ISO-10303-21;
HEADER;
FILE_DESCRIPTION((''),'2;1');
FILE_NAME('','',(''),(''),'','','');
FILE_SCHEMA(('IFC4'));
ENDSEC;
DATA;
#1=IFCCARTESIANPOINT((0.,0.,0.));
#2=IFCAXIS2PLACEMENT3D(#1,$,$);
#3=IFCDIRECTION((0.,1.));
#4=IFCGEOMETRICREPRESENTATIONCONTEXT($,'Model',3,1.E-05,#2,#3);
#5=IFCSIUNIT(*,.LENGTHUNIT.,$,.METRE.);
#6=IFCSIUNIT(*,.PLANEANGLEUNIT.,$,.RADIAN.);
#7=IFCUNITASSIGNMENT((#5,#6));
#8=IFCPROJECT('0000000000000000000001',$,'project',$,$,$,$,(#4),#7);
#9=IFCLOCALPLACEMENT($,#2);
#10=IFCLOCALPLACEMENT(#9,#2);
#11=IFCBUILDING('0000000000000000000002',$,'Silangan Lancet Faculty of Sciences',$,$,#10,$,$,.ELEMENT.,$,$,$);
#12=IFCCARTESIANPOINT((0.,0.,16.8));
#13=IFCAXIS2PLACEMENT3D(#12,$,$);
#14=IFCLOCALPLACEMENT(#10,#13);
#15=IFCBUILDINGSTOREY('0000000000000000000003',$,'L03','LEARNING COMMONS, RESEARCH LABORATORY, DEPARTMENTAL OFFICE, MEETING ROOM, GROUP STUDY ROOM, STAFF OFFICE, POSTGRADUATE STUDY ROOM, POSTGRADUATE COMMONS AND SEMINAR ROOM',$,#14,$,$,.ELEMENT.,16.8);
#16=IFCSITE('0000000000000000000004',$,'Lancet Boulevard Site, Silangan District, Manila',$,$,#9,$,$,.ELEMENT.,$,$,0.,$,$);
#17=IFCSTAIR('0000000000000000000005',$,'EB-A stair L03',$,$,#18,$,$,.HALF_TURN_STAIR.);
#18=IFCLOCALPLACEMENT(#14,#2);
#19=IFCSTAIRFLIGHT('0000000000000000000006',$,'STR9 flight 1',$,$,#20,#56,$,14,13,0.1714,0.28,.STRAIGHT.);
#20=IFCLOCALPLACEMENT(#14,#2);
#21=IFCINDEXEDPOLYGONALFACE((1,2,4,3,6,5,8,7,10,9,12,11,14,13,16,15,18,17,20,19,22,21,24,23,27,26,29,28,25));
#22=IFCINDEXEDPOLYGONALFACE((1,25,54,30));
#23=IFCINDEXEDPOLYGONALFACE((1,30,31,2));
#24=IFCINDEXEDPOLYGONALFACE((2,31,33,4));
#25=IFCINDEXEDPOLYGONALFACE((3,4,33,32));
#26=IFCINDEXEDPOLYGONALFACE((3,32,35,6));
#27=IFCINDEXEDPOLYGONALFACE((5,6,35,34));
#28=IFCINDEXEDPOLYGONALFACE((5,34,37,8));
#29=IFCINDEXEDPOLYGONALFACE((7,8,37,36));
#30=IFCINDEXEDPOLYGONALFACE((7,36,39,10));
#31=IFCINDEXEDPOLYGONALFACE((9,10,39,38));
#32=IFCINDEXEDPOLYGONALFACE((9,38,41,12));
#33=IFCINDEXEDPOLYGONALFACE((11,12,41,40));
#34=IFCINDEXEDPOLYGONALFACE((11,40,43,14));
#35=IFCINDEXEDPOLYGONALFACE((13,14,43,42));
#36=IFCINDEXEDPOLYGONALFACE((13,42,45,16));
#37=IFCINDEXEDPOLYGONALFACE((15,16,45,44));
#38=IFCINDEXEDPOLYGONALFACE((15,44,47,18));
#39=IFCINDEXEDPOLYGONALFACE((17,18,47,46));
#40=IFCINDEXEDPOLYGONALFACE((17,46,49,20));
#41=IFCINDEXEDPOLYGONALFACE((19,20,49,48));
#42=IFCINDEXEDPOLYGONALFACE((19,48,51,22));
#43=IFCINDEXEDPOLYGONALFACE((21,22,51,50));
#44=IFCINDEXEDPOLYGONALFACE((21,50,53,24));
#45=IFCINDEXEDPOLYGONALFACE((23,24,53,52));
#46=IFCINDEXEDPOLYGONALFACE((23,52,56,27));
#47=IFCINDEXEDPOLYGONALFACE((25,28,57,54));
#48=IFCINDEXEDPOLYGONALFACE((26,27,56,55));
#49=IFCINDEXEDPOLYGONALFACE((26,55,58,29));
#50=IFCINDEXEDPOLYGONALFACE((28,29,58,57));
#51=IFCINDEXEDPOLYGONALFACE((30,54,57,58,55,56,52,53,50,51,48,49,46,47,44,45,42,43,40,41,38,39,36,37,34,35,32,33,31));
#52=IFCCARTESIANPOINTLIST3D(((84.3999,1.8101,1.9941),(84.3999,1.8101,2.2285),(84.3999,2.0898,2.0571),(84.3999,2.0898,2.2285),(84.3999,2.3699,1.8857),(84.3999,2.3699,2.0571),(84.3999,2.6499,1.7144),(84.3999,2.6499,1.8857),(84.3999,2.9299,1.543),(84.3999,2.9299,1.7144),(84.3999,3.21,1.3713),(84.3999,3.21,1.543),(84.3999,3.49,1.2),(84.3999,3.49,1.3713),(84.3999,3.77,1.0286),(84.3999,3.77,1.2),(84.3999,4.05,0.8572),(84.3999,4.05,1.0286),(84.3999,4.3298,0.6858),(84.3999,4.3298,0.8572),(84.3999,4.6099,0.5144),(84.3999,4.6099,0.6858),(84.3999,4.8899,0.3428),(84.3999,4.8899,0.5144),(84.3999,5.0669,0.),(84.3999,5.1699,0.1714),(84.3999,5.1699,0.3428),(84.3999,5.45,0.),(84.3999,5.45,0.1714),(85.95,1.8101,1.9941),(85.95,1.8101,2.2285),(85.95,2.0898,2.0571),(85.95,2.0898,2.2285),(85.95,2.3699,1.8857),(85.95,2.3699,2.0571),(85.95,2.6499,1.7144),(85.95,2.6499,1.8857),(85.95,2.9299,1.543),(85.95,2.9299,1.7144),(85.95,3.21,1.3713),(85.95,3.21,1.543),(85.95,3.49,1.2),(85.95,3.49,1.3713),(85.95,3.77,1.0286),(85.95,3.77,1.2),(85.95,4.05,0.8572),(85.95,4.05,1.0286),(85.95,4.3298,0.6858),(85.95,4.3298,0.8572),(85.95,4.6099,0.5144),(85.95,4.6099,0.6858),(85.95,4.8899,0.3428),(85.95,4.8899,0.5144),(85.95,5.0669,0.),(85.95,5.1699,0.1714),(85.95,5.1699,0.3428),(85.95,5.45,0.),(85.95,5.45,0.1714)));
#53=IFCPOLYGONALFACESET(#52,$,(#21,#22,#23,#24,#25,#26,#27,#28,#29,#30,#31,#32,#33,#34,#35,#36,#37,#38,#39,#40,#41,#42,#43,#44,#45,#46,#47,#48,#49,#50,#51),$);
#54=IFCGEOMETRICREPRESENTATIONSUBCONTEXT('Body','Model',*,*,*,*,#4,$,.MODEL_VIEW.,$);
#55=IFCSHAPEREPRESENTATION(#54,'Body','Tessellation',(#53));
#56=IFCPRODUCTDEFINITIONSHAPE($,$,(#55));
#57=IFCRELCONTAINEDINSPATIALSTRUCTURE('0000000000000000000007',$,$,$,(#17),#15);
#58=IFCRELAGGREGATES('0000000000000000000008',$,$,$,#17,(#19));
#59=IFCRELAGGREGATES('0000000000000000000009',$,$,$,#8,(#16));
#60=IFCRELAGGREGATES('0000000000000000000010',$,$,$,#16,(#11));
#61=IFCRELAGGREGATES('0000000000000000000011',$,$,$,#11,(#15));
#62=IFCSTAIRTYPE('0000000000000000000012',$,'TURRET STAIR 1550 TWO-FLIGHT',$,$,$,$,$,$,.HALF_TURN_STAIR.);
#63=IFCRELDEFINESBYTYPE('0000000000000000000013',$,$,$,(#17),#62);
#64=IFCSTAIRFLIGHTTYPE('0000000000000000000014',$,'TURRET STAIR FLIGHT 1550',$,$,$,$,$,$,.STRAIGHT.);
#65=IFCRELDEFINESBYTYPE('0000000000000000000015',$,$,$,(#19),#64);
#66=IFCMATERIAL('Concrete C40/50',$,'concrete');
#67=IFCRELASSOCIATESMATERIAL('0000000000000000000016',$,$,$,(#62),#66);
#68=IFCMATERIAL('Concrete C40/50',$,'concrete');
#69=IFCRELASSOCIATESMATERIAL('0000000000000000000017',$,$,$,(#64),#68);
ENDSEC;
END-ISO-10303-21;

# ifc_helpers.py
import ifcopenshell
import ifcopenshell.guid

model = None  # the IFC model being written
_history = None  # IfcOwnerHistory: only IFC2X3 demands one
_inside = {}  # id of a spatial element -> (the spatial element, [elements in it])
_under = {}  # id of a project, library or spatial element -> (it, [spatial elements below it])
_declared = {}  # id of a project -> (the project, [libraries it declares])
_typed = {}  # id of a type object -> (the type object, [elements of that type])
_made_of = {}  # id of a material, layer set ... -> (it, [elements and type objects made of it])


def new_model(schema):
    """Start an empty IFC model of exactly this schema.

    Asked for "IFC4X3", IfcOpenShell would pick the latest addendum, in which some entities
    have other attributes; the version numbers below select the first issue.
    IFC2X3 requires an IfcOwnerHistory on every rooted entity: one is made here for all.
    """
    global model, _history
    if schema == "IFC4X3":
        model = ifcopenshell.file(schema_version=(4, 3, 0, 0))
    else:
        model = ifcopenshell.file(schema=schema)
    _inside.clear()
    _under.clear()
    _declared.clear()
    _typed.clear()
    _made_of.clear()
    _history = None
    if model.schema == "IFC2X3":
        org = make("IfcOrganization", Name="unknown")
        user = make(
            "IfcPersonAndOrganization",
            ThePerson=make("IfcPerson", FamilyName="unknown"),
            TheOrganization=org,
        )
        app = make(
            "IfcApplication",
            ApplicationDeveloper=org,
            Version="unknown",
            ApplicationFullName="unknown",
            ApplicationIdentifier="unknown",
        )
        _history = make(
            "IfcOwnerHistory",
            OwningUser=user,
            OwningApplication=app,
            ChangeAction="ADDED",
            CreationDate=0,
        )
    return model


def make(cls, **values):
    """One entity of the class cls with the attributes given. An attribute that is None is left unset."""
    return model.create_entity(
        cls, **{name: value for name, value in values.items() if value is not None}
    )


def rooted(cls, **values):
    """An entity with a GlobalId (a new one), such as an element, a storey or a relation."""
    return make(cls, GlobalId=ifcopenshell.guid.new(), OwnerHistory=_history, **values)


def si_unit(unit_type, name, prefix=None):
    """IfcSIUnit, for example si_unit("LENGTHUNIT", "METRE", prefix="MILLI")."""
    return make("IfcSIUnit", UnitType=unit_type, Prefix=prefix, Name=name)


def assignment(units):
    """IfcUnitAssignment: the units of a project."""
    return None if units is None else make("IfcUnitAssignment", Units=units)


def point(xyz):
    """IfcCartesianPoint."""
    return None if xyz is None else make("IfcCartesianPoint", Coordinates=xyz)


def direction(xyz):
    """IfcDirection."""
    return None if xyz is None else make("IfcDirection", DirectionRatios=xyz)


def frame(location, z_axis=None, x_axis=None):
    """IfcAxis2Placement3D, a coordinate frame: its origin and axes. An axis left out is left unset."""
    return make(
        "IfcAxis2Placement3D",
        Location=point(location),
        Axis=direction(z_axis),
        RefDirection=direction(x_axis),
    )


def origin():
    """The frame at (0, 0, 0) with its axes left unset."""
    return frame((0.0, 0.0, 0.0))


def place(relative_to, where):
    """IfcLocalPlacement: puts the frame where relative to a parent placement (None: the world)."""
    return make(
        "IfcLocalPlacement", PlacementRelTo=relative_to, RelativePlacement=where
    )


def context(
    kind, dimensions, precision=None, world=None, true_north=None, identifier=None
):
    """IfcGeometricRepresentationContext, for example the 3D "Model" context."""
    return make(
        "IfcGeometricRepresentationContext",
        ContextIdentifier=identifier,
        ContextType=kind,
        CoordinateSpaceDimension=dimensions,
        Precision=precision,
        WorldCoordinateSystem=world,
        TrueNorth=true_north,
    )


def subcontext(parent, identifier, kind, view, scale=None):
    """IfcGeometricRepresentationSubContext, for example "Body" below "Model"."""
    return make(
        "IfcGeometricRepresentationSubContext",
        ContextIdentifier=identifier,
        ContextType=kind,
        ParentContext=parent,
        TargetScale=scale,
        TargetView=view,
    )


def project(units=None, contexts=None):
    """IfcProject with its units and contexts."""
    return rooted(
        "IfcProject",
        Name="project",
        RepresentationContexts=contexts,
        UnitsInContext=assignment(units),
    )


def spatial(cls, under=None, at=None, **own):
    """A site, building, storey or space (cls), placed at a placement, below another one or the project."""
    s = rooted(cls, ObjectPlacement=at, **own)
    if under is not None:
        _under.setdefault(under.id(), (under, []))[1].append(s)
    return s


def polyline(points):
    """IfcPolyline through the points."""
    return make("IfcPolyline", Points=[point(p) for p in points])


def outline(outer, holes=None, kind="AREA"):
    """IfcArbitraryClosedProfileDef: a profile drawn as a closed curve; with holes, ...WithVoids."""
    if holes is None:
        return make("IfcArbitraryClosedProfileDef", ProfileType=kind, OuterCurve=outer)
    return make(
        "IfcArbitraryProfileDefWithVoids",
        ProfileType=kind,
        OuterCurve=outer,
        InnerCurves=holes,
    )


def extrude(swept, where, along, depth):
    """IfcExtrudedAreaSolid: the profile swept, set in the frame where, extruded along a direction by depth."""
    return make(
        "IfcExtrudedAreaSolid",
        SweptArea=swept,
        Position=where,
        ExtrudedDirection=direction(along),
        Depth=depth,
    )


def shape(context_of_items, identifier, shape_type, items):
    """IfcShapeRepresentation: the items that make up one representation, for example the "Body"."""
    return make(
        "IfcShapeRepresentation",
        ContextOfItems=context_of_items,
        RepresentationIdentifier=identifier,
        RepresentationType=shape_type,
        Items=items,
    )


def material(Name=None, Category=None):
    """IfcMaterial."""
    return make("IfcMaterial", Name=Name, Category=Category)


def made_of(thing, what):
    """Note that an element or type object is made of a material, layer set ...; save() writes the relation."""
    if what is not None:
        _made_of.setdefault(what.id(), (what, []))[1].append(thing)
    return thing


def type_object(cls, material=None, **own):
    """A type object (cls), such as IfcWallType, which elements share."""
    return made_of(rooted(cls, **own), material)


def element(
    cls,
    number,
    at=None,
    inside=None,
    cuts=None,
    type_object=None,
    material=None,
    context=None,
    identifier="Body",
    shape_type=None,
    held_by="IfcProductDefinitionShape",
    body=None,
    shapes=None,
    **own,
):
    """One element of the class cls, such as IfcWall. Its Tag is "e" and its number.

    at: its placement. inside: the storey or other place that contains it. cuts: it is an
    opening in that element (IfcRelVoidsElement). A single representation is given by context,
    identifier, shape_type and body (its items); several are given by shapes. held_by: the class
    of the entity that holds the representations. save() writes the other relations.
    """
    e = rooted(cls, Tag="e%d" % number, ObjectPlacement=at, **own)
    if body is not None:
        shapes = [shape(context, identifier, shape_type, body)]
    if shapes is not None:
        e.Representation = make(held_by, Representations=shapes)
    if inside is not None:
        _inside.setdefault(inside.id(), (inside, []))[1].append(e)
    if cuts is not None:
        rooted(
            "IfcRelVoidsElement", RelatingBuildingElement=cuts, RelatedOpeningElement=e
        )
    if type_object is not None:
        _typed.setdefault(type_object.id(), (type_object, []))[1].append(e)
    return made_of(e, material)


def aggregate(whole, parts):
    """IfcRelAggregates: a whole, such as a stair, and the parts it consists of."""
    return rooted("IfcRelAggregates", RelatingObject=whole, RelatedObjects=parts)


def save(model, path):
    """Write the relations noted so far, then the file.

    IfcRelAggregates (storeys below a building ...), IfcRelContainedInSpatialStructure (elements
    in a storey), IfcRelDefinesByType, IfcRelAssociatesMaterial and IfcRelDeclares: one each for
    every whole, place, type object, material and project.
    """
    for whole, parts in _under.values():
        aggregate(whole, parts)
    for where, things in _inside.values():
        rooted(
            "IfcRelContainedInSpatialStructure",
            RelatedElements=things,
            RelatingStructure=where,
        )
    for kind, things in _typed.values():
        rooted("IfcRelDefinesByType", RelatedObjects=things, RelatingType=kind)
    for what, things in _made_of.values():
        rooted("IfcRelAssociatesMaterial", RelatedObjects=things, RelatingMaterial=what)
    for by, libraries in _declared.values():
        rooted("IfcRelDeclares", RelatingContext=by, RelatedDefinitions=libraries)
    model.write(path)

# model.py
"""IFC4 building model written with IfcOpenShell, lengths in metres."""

from ifc_helpers import new_model, si_unit, direction, frame, origin, place, context, subcontext, project, spatial, polyline, outline, extrude, material, type_object, element, aggregate, save


model = new_model("IFC4")

# Units and contexts
model_context = context("Model", 3, precision=1e-05, world=origin(), true_north=direction((0.0, 1.0)))
body_context = subcontext(model_context, "Body", "Model", "MODEL_VIEW")
ifc_project = project(units=[si_unit("LENGTHUNIT", "METRE"), si_unit("PLANEANGLEUNIT", "RADIAN")], contexts=[model_context])

# Site, building, storey
site_placement = place(None, origin())
site = spatial("IfcSite", under=ifc_project, at=site_placement, Name="Lancet Boulevard Site, Silangan District, Manila", CompositionType="ELEMENT", RefElevation=0.0)
building_placement = place(site_placement, origin())
building = spatial("IfcBuilding", under=site, at=building_placement, Name="Silangan Lancet Faculty of Sciences", CompositionType="ELEMENT")
storey_placement = place(building_placement, frame((0.0, 0.0, 16.8)))
storey = spatial("IfcBuildingStorey", under=building, at=storey_placement, Name="L03", Description="LEARNING COMMONS, RESEARCH LABORATORY, DEPARTMENTAL OFFICE, MEETING ROOM, GROUP STUDY ROOM, STAFF OFFICE, POSTGRADUATE STUDY ROOM, POSTGRADUATE COMMONS AND SEMINAR ROOM", CompositionType="ELEMENT", Elevation=16.8)

# Stair, stair flight
ifc_material_1 = material(Name="Concrete C40/50", Category="concrete")
stair_type = type_object("IfcStairType", Name="TURRET STAIR 1550 TWO-FLIGHT", PredefinedType="HALF_TURN_STAIR", material=ifc_material_1)
stair_placement = place(storey_placement, origin())
stair = element("IfcStair", 1, at=stair_placement, inside=storey, type_object=stair_type, Name="EB-A stair L03", PredefinedType="HALF_TURN_STAIR")
ifc_material_2 = material(Name="Concrete C40/50", Category="concrete")
stair_flight_type = type_object("IfcStairFlightType", Name="TURRET STAIR FLIGHT 1550", PredefinedType="STRAIGHT", material=ifc_material_2)
stair_flight_placement = place(storey_placement, frame((85.175, 5.45, 0.0), z_axis=(0.0, 0.0, 1.0), x_axis=(0.0, -1.0, 0.0)))
stair_flight = element("IfcStairFlight", 2, at=stair_flight_placement, type_object=stair_flight_type, Name="STR9 flight 1", NumberOfRisers=14, NumberOfTreads=13, PredefinedType="STRAIGHT", RiserHeight=0.1714, TreadLength=0.28, context=body_context, shape_type="SweptSolid", body=[
    extrude(outline(polyline([(0.0, 0.0), (0.0, 0.1714), (0.28, 0.1714), (0.28, 0.3428), (0.5601, 0.3428), (0.5601, 0.5144), (0.8401, 0.5144), (0.8401, 0.6858), (1.1201, 0.6858), (1.1201, 0.8572), (1.3999, 0.8572), (1.3999, 1.0286), (1.6799, 1.0286), (1.6799, 1.2), (1.96, 1.2), (1.96, 1.3713), (2.24, 1.3713), (2.24, 1.543), (2.52, 1.543), (2.52, 1.7144), (2.8, 1.7144), (2.8, 1.8857), (3.0801, 1.8857), (3.0801, 2.0571), (3.3601, 2.0571), (3.3601, 2.2285), (3.6399, 2.2285), (3.6399, 2.3999), (3.6399, 1.9941), (0.3831, 0.0), (0.0, 0.0)])), frame((0.0, 0.7749, 0.0), z_axis=(0.0, -1.0, 0.0), x_axis=(1.0, 0.0, 0.0)), (0.0, 0.0, 1.0), 1.55),
])
aggregate(stair, [stair_flight])

save(model, "model.ifc")
